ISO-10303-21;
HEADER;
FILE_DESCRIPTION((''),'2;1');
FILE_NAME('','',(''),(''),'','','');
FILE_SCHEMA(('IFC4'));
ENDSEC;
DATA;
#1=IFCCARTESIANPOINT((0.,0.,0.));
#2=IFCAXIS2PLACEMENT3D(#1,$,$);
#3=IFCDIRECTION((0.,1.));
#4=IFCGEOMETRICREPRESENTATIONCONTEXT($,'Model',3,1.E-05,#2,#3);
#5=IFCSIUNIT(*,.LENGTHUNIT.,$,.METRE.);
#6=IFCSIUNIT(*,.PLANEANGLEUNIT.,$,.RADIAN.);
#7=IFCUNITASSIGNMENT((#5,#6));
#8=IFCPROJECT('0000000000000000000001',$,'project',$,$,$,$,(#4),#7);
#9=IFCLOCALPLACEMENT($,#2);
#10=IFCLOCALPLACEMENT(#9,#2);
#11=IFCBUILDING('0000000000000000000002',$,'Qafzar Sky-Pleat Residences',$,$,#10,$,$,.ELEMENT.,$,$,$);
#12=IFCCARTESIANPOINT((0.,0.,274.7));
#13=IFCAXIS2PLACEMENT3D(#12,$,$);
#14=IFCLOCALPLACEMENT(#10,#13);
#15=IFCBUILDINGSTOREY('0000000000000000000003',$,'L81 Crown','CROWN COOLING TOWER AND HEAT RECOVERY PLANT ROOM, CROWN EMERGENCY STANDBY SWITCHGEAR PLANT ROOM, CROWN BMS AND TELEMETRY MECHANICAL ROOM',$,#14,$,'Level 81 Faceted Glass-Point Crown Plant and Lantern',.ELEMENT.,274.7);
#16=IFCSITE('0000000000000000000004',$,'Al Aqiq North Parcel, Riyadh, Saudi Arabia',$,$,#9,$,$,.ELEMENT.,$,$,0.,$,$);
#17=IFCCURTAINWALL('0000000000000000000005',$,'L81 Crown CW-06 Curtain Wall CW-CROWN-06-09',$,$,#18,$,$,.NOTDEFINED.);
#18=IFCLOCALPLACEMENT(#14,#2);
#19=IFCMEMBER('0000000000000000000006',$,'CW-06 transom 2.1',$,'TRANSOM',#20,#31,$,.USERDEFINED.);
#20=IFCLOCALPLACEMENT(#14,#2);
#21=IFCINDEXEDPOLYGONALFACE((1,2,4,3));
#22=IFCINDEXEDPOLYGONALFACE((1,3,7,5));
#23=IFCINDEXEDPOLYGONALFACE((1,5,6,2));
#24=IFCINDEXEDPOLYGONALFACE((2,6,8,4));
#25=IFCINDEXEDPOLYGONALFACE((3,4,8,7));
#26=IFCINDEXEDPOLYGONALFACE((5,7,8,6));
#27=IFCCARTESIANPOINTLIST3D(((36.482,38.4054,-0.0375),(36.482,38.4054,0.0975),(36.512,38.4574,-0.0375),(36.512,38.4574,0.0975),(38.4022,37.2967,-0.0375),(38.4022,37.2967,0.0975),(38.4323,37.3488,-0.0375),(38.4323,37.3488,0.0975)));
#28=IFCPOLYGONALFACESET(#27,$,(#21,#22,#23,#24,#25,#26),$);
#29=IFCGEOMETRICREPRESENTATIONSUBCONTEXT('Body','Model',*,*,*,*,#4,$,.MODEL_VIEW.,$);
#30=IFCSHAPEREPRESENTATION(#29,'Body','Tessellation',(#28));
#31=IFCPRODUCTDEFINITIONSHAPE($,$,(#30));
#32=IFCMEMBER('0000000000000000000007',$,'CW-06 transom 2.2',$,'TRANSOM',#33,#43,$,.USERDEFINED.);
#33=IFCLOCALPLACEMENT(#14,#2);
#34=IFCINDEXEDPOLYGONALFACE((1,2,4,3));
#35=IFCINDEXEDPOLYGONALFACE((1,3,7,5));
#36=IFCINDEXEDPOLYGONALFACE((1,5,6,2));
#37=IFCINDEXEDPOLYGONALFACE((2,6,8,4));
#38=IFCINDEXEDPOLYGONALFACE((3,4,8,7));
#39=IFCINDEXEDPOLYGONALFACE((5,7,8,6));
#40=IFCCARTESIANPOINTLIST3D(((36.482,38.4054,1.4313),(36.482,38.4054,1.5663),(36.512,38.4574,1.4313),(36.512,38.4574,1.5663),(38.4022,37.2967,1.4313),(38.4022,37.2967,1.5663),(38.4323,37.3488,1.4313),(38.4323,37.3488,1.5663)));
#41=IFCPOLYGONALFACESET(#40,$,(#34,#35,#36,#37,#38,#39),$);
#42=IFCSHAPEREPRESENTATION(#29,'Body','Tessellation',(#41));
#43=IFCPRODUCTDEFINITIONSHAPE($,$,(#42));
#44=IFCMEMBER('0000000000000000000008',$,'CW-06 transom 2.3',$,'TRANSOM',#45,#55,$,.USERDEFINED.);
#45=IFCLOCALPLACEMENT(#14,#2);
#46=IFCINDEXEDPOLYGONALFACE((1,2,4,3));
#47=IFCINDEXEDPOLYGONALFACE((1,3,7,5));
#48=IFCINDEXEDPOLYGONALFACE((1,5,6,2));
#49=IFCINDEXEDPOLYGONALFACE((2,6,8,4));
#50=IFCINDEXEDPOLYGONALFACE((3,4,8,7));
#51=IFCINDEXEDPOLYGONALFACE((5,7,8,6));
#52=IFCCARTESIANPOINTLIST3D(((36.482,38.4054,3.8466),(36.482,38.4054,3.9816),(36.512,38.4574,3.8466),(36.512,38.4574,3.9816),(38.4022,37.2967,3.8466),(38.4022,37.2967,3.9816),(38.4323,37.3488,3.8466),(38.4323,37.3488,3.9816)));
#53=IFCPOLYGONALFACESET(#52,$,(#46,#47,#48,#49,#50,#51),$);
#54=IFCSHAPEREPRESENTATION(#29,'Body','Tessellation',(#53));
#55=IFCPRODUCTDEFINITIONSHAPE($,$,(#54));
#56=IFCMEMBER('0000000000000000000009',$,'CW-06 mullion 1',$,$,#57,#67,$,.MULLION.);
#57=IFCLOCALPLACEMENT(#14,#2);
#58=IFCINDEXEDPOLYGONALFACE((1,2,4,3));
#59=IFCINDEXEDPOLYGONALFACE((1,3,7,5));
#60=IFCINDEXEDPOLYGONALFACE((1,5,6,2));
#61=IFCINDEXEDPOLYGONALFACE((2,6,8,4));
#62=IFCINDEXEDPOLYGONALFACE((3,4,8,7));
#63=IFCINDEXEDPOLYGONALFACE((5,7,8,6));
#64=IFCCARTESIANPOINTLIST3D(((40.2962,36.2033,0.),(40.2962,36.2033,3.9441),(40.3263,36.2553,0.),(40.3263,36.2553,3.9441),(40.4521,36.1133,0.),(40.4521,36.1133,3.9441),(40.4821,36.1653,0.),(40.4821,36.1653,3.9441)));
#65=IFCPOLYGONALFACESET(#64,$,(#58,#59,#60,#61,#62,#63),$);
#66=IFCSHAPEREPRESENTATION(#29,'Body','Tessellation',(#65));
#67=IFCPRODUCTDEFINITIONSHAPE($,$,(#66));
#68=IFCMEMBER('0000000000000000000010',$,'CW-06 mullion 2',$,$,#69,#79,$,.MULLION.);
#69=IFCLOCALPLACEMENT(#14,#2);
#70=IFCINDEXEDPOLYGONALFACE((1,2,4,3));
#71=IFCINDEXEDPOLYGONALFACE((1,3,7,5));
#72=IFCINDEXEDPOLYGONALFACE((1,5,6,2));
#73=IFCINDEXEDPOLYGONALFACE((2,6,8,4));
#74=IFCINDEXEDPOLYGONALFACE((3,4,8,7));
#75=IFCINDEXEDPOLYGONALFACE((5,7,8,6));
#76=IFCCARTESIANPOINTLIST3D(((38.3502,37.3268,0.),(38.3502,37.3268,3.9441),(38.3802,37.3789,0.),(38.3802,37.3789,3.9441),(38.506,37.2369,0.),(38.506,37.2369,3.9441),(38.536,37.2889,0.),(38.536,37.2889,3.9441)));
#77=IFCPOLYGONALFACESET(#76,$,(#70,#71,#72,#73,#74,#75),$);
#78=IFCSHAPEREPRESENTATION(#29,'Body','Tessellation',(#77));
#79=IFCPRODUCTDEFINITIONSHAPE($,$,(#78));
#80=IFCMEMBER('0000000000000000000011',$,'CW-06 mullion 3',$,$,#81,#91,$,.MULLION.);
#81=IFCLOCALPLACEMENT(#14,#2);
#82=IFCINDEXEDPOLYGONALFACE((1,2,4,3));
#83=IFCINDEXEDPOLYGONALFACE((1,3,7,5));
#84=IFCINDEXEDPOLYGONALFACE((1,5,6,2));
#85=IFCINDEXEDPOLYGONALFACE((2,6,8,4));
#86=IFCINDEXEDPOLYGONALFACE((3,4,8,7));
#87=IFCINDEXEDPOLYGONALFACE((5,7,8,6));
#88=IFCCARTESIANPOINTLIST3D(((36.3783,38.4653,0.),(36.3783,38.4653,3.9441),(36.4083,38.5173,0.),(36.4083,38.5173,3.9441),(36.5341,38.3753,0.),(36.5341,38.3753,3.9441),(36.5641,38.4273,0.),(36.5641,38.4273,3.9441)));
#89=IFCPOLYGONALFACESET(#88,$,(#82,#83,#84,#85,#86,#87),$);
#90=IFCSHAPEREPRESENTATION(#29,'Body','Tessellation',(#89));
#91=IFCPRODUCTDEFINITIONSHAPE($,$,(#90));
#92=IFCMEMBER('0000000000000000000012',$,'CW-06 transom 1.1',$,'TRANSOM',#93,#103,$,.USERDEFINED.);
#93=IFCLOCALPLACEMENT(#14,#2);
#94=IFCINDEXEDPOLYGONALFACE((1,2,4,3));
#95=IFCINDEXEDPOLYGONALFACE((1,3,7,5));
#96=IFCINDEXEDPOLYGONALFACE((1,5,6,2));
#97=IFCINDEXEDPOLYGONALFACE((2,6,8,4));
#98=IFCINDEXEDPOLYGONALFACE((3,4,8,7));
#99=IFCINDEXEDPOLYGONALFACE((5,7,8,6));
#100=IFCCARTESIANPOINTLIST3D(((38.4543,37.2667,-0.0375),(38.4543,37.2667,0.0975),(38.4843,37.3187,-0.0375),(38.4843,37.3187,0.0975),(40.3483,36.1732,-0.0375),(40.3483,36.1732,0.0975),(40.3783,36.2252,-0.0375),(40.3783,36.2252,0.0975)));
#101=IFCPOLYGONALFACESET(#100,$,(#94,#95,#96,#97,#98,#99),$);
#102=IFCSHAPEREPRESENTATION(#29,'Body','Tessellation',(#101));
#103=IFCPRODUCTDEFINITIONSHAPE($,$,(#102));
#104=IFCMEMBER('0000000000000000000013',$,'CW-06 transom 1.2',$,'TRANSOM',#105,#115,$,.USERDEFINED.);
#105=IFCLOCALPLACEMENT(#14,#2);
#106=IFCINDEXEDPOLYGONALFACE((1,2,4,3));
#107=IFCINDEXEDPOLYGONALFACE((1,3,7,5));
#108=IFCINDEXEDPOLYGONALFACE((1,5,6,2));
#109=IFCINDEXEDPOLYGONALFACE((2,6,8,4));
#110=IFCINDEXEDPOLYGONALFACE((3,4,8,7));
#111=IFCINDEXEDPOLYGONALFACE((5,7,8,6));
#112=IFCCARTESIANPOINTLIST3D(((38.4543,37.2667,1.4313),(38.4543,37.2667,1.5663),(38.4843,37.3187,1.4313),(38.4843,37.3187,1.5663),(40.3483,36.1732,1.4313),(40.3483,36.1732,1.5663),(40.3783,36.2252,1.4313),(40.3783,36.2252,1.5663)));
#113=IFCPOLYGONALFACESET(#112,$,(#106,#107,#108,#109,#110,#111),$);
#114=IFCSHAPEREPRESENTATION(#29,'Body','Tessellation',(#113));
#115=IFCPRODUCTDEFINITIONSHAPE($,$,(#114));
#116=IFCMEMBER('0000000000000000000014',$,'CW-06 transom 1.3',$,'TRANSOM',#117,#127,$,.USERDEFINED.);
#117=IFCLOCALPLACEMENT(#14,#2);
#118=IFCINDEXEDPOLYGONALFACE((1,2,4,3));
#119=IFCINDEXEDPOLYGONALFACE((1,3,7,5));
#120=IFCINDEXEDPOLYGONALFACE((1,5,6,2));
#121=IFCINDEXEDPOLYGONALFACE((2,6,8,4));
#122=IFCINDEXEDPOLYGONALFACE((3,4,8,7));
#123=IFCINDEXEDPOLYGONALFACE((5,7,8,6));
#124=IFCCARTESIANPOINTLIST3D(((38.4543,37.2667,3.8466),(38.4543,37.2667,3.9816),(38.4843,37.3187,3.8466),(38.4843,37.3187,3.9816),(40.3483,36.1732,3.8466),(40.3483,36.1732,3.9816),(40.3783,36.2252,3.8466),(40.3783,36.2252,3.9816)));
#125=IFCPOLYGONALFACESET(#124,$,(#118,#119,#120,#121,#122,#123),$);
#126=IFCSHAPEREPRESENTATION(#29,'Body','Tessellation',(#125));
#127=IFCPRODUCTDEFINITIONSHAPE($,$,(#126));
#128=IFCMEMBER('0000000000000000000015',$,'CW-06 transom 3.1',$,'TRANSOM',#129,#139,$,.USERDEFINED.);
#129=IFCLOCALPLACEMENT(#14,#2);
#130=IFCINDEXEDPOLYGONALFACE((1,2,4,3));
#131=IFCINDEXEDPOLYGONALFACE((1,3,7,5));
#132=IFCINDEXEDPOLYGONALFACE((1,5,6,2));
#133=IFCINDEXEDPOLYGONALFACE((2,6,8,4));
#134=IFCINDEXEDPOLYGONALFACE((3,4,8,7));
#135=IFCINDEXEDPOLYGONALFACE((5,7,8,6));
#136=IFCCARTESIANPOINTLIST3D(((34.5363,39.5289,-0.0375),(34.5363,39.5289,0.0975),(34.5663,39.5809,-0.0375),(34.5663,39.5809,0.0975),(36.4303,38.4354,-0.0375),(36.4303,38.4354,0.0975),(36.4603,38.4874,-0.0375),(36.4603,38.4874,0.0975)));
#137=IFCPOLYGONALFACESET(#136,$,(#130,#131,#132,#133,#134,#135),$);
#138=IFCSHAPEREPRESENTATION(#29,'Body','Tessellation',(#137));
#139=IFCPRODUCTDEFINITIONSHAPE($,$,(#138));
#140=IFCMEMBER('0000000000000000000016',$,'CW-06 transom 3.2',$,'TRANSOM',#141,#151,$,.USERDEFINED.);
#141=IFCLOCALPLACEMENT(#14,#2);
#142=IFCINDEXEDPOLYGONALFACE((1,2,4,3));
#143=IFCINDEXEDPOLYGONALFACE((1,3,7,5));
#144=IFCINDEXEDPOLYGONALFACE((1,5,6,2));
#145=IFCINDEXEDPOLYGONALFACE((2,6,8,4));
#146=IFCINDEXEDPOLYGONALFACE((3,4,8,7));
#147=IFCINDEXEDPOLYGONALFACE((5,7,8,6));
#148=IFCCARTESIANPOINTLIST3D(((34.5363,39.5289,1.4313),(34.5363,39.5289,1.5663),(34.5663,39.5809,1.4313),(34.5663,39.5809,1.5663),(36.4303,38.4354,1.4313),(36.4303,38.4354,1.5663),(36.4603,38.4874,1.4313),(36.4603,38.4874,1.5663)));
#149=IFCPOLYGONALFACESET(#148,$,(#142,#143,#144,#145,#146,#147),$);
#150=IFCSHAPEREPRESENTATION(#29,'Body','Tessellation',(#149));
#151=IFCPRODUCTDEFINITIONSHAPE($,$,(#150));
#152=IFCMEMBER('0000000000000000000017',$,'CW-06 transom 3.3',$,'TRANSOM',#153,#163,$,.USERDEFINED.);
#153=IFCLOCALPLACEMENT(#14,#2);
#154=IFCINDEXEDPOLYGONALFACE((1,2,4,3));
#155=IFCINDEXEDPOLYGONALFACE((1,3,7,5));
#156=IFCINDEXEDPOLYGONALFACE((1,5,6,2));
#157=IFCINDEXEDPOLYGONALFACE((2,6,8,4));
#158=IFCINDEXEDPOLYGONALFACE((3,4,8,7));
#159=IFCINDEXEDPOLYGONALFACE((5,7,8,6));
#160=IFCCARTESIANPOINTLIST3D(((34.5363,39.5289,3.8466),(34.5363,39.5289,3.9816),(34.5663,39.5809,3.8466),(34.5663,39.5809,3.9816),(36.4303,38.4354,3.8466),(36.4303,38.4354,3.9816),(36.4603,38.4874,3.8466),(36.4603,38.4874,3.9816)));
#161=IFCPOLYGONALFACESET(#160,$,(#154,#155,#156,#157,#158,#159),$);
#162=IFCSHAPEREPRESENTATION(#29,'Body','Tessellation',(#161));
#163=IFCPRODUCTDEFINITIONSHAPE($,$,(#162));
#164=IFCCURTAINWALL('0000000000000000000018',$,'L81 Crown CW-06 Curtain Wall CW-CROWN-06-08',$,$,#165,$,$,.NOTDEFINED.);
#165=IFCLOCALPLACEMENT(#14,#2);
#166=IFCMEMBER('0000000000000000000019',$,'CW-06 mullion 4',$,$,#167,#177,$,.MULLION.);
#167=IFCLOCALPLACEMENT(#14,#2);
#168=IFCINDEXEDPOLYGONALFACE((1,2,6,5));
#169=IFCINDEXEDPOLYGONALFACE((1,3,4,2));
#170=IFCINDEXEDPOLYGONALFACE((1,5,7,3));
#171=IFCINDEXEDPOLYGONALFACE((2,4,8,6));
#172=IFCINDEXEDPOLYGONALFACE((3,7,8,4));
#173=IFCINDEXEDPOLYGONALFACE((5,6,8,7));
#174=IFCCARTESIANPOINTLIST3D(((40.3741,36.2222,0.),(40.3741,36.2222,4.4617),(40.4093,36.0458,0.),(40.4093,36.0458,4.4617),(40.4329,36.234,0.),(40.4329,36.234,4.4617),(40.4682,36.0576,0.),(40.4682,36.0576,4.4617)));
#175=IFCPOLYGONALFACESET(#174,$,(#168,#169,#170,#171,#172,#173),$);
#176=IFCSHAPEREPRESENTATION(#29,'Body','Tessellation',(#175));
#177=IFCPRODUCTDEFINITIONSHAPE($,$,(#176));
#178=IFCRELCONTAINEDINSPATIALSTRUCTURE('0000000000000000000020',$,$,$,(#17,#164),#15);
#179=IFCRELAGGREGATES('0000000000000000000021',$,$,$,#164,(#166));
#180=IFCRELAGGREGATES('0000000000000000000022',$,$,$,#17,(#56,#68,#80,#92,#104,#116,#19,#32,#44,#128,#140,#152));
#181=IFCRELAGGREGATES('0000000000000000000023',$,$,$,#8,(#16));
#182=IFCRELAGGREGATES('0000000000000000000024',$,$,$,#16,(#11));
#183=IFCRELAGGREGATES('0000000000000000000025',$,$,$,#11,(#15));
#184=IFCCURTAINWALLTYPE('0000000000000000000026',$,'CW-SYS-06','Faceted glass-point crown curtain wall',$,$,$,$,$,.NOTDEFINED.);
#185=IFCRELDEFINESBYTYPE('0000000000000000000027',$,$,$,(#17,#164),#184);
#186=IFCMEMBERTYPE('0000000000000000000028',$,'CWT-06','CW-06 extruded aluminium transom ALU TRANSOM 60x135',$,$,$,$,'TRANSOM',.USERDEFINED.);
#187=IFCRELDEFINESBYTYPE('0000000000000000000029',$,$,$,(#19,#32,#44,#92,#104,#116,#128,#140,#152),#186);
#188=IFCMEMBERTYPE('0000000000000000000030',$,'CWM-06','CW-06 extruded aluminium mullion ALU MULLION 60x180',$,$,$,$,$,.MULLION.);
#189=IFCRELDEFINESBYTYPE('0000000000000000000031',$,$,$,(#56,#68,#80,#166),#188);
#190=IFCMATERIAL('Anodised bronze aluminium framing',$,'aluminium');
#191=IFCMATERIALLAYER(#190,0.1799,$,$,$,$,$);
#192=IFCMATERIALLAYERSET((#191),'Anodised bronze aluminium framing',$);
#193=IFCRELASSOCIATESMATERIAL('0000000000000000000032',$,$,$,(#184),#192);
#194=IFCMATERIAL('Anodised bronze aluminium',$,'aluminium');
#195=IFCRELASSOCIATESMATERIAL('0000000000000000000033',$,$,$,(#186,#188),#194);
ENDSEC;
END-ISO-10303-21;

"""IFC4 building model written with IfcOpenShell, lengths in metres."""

from ifc_helpers import new_model, si_unit, direction, frame, origin, origin_2d, place, context, subcontext, project, spatial, rectangle, extrude, source, transform, mapped, material, layer, layer_set, material_profile, profile_set, type_object, element, aggregate, save


model = new_model("IFC4")

# Units and contexts
model_context = context("Model", 3, precision=1e-05, world=origin(), true_north=direction((0.0, 1.0)))
body_context = subcontext(model_context, "Body", "Model", "MODEL_VIEW")
ifc_project = project(units=[si_unit("LENGTHUNIT", "METRE"), si_unit("PLANEANGLEUNIT", "RADIAN")], contexts=[model_context])

# Site, building, storey
site_placement = place(None, origin())
site = spatial("IfcSite", under=ifc_project, at=site_placement, Name="Al Aqiq North Parcel, Riyadh, Saudi Arabia", CompositionType="ELEMENT", RefElevation=0.0)
building_placement = place(site_placement, origin())
building = spatial("IfcBuilding", under=site, at=building_placement, Name="Qafzar Sky-Pleat Residences", CompositionType="ELEMENT")
storey_placement = place(building_placement, frame((0.0, 0.0, 274.7)))
storey = spatial("IfcBuildingStorey", under=building, at=storey_placement, Name="L81 Crown", Description="CROWN COOLING TOWER AND HEAT RECOVERY PLANT ROOM, CROWN EMERGENCY STANDBY SWITCHGEAR PLANT ROOM, CROWN BMS AND TELEMETRY MECHANICAL ROOM", LongName="Level 81 Faceted Glass-Point Crown Plant and Lantern", CompositionType="ELEMENT", Elevation=274.7)

# Curtain wall, members
ifc_material_1 = material(Name="Anodised bronze aluminium framing", Category="aluminium")
ifc_layer_1 = layer(ifc_material_1, 0.1799)
ifc_layer_set_1 = layer_set([ifc_layer_1], Name="Anodised bronze aluminium framing")
curtain_wall_type = type_object("IfcCurtainWallType", Name="CW-SYS-06", Description="Faceted glass-point crown curtain wall", PredefinedType="NOTDEFINED", material=ifc_layer_set_1)
curtain_wall_1_placement = place(storey_placement, origin())
curtain_wall_1 = element("IfcCurtainWall", 1, at=curtain_wall_1_placement, inside=storey, type_object=curtain_wall_type, Name="L81 Crown CW-06 Curtain Wall CW-CROWN-06-09", PredefinedType="NOTDEFINED")
ifc_material_2 = material(Name="Anodised bronze aluminium", Category="aluminium")
ifc_material_profile_1 = material_profile(ifc_material_2, rectangle(XDim=0.0601, YDim=0.135, at=origin_2d()), Name="ALU TRANSOM 60x135")
ifc_profile_set_1 = profile_set([ifc_material_profile_1], Name="Anodised bronze aluminium")
member_type_1 = type_object("IfcMemberType", Name="CWT-06", Description="CW-06 extruded aluminium transom ALU TRANSOM 60x135", ElementType="TRANSOM", PredefinedType="USERDEFINED", material=ifc_profile_set_1)
shared_shape_1 = source(origin(), body_context, "Body", "SweptSolid", [
    extrude(rectangle(XDim=0.0601, YDim=0.135, at=origin_2d()), origin(), (0.0, 0.0, 1.0), 2.2173),
])
member_1_placement = place(storey_placement, frame((38.4172, 37.3228, 0.03), z_axis=(-0.866019, 0.500012, 0.0), x_axis=(-0.500012, -0.866019, 0.0)))
member_1 = element("IfcMember", 2, at=member_1_placement, type_object=member_type_1, Name="CW-06 transom 2.1", ObjectType="TRANSOM", PredefinedType="USERDEFINED", context=body_context, shape_type="MappedRepresentation", body=[
    mapped(shared_shape_1, transform((0.0, 0.0, 0.0), x_axis=(1.0, 0.0, 0.0), y_axis=(0.0, 1.0, 0.0), z_axis=(0.0, 0.0, 1.0), scale=1.0)),
])
member_2_placement = place(storey_placement, frame((38.4172, 37.3228, 1.4988), z_axis=(-0.866019, 0.500012, 0.0), x_axis=(-0.500012, -0.866019, 0.0)))
member_2 = element("IfcMember", 3, at=member_2_placement, type_object=member_type_1, Name="CW-06 transom 2.2", ObjectType="TRANSOM", PredefinedType="USERDEFINED", context=body_context, shape_type="MappedRepresentation", body=[
    mapped(shared_shape_1, transform((0.0, 0.0, 0.0), x_axis=(1.0, 0.0, 0.0), y_axis=(0.0, 1.0, 0.0), z_axis=(0.0, 0.0, 1.0), scale=1.0)),
])
member_3_placement = place(storey_placement, frame((38.4172, 37.3228, 3.9141), z_axis=(-0.866019, 0.500012, 0.0), x_axis=(-0.500012, -0.866019, 0.0)))
member_3 = element("IfcMember", 4, at=member_3_placement, type_object=member_type_1, Name="CW-06 transom 2.3", ObjectType="TRANSOM", PredefinedType="USERDEFINED", context=body_context, shape_type="MappedRepresentation", body=[
    mapped(shared_shape_1, transform((0.0, 0.0, 0.0), x_axis=(1.0, 0.0, 0.0), y_axis=(0.0, 1.0, 0.0), z_axis=(0.0, 0.0, 1.0), scale=1.0)),
])
ifc_material_profile_2 = material_profile(ifc_material_2, rectangle(XDim=0.0601, YDim=0.1799, at=origin_2d()), Name="ALU MULLION 60x180")
ifc_profile_set_2 = profile_set([ifc_material_profile_2], Name="Anodised bronze aluminium")
member_type_2 = type_object("IfcMemberType", Name="CWM-06", Description="CW-06 extruded aluminium mullion ALU MULLION 60x180", PredefinedType="MULLION", material=ifc_profile_set_2)
shared_shape_2 = source(origin(), body_context, "Body", "SweptSolid", [
    extrude(rectangle(XDim=0.0601, YDim=0.1799, at=origin_2d()), origin(), (0.0, 0.0, 1.0), 3.9441),
])
member_4_placement = place(storey_placement, frame((40.3892, 36.1843, 0.0), z_axis=(0.0, 0.0, 1.0), x_axis=(-0.5, -0.866026, 0.0)))
member_4 = element("IfcMember", 5, at=member_4_placement, type_object=member_type_2, Name="CW-06 mullion 1", PredefinedType="MULLION", context=body_context, shape_type="MappedRepresentation", body=[
    mapped(shared_shape_2, transform((0.0, 0.0, 0.0), x_axis=(1.0, 0.0, 0.0), y_axis=(0.0, 1.0, 0.0), z_axis=(0.0, 0.0, 1.0), scale=1.0)),
])
member_5_placement = place(storey_placement, frame((38.4431, 37.3079, 0.0), z_axis=(0.0, 0.0, 1.0), x_axis=(-0.5, -0.866026, 0.0)))
member_5 = element("IfcMember", 6, at=member_5_placement, type_object=member_type_2, Name="CW-06 mullion 2", PredefinedType="MULLION", context=body_context, shape_type="MappedRepresentation", body=[
    mapped(shared_shape_2, transform((0.0, 0.0, 0.0), x_axis=(1.0, 0.0, 0.0), y_axis=(0.0, 1.0, 0.0), z_axis=(0.0, 0.0, 1.0), scale=1.0)),
])
member_6_placement = place(storey_placement, frame((36.4712, 38.4463, 0.0), z_axis=(0.0, 0.0, 1.0), x_axis=(-0.5, -0.866026, 0.0)))
member_6 = element("IfcMember", 7, at=member_6_placement, type_object=member_type_2, Name="CW-06 mullion 3", PredefinedType="MULLION", context=body_context, shape_type="MappedRepresentation", body=[
    mapped(shared_shape_2, transform((0.0, 0.0, 0.0), x_axis=(1.0, 0.0, 0.0), y_axis=(0.0, 1.0, 0.0), z_axis=(0.0, 0.0, 1.0), scale=1.0)),
])
shared_shape_3 = source(origin(), body_context, "Body", "SweptSolid", [
    extrude(rectangle(XDim=0.0601, YDim=0.135, at=origin_2d()), origin(), (0.0, 0.0, 1.0), 2.187),
])
member_7_placement = place(storey_placement, frame((40.3633, 36.1992, 0.03), z_axis=(-0.866029, 0.499993, 0.0), x_axis=(-0.499993, -0.866029, 0.0)))
member_7 = element("IfcMember", 8, at=member_7_placement, type_object=member_type_1, Name="CW-06 transom 1.1", ObjectType="TRANSOM", PredefinedType="USERDEFINED", context=body_context, shape_type="MappedRepresentation", body=[
    mapped(shared_shape_3, transform((0.0, 0.0, 0.0), x_axis=(1.0, 0.0, 0.0), y_axis=(0.0, 1.0, 0.0), z_axis=(0.0, 0.0, 1.0), scale=1.0)),
])
member_8_placement = place(storey_placement, frame((40.3633, 36.1992, 1.4988), z_axis=(-0.866029, 0.499993, 0.0), x_axis=(-0.499993, -0.866029, 0.0)))
member_8 = element("IfcMember", 9, at=member_8_placement, type_object=member_type_1, Name="CW-06 transom 1.2", ObjectType="TRANSOM", PredefinedType="USERDEFINED", context=body_context, shape_type="MappedRepresentation", body=[
    mapped(shared_shape_3, transform((0.0, 0.0, 0.0), x_axis=(1.0, 0.0, 0.0), y_axis=(0.0, 1.0, 0.0), z_axis=(0.0, 0.0, 1.0), scale=1.0)),
])
member_9_placement = place(storey_placement, frame((40.3633, 36.1992, 3.9141), z_axis=(-0.866029, 0.499993, 0.0), x_axis=(-0.499993, -0.866029, 0.0)))
member_9 = element("IfcMember", 10, at=member_9_placement, type_object=member_type_1, Name="CW-06 transom 1.3", ObjectType="TRANSOM", PredefinedType="USERDEFINED", context=body_context, shape_type="MappedRepresentation", body=[
    mapped(shared_shape_3, transform((0.0, 0.0, 0.0), x_axis=(1.0, 0.0, 0.0), y_axis=(0.0, 1.0, 0.0), z_axis=(0.0, 0.0, 1.0), scale=1.0)),
])
member_10_placement = place(storey_placement, frame((36.4453, 38.4614, 0.03), z_axis=(-0.866029, 0.499993, 0.0), x_axis=(-0.499993, -0.866029, 0.0)))
member_10 = element("IfcMember", 11, at=member_10_placement, type_object=member_type_1, Name="CW-06 transom 3.1", ObjectType="TRANSOM", PredefinedType="USERDEFINED", context=body_context, shape_type="MappedRepresentation", body=[
    mapped(shared_shape_3, transform((0.0, 0.0, 0.0), x_axis=(1.0, 0.0, 0.0), y_axis=(0.0, 1.0, 0.0), z_axis=(0.0, 0.0, 1.0), scale=1.0)),
])
member_11_placement = place(storey_placement, frame((36.4453, 38.4614, 1.4988), z_axis=(-0.866029, 0.499993, 0.0), x_axis=(-0.499993, -0.866029, 0.0)))
member_11 = element("IfcMember", 12, at=member_11_placement, type_object=member_type_1, Name="CW-06 transom 3.2", ObjectType="TRANSOM", PredefinedType="USERDEFINED", context=body_context, shape_type="MappedRepresentation", body=[
    mapped(shared_shape_3, transform((0.0, 0.0, 0.0), x_axis=(1.0, 0.0, 0.0), y_axis=(0.0, 1.0, 0.0), z_axis=(0.0, 0.0, 1.0), scale=1.0)),
])
member_12_placement = place(storey_placement, frame((36.4453, 38.4614, 3.9141), z_axis=(-0.866029, 0.499993, 0.0), x_axis=(-0.499993, -0.866029, 0.0)))
member_12 = element("IfcMember", 13, at=member_12_placement, type_object=member_type_1, Name="CW-06 transom 3.3", ObjectType="TRANSOM", PredefinedType="USERDEFINED", context=body_context, shape_type="MappedRepresentation", body=[
    mapped(shared_shape_3, transform((0.0, 0.0, 0.0), x_axis=(1.0, 0.0, 0.0), y_axis=(0.0, 1.0, 0.0), z_axis=(0.0, 0.0, 1.0), scale=1.0)),
])

# Curtain wall, member
curtain_wall_2_placement = place(storey_placement, origin())
curtain_wall_2 = element("IfcCurtainWall", 14, at=curtain_wall_2_placement, inside=storey, type_object=curtain_wall_type, Name="L81 Crown CW-06 Curtain Wall CW-CROWN-06-08", PredefinedType="NOTDEFINED")
shared_shape_4 = source(origin(), body_context, "Body", "SweptSolid", [
    extrude(rectangle(XDim=0.0601, YDim=0.1799, at=origin_2d()), origin(), (0.0, 0.0, 1.0), 4.4617),
])
member_13_placement = place(storey_placement, frame((40.4211, 36.1399, 0.0), z_axis=(0.0, 0.0, 1.0), x_axis=(-0.980581, -0.196116, 0.0)))
member_13 = element("IfcMember", 15, at=member_13_placement, type_object=member_type_2, Name="CW-06 mullion 4", PredefinedType="MULLION", context=body_context, shape_type="MappedRepresentation", body=[
    mapped(shared_shape_4, transform((0.0, 0.0, 0.0), x_axis=(1.0, 0.0, 0.0), y_axis=(0.0, 1.0, 0.0), z_axis=(0.0, 0.0, 1.0), scale=1.0)),
])
aggregate(curtain_wall_2, [member_13])

aggregate(curtain_wall_1, [member_4, member_5, member_6, member_7, member_8, member_9, member_1, member_2, member_3, member_10, member_11, member_12])

save(model, "model.ifc")
